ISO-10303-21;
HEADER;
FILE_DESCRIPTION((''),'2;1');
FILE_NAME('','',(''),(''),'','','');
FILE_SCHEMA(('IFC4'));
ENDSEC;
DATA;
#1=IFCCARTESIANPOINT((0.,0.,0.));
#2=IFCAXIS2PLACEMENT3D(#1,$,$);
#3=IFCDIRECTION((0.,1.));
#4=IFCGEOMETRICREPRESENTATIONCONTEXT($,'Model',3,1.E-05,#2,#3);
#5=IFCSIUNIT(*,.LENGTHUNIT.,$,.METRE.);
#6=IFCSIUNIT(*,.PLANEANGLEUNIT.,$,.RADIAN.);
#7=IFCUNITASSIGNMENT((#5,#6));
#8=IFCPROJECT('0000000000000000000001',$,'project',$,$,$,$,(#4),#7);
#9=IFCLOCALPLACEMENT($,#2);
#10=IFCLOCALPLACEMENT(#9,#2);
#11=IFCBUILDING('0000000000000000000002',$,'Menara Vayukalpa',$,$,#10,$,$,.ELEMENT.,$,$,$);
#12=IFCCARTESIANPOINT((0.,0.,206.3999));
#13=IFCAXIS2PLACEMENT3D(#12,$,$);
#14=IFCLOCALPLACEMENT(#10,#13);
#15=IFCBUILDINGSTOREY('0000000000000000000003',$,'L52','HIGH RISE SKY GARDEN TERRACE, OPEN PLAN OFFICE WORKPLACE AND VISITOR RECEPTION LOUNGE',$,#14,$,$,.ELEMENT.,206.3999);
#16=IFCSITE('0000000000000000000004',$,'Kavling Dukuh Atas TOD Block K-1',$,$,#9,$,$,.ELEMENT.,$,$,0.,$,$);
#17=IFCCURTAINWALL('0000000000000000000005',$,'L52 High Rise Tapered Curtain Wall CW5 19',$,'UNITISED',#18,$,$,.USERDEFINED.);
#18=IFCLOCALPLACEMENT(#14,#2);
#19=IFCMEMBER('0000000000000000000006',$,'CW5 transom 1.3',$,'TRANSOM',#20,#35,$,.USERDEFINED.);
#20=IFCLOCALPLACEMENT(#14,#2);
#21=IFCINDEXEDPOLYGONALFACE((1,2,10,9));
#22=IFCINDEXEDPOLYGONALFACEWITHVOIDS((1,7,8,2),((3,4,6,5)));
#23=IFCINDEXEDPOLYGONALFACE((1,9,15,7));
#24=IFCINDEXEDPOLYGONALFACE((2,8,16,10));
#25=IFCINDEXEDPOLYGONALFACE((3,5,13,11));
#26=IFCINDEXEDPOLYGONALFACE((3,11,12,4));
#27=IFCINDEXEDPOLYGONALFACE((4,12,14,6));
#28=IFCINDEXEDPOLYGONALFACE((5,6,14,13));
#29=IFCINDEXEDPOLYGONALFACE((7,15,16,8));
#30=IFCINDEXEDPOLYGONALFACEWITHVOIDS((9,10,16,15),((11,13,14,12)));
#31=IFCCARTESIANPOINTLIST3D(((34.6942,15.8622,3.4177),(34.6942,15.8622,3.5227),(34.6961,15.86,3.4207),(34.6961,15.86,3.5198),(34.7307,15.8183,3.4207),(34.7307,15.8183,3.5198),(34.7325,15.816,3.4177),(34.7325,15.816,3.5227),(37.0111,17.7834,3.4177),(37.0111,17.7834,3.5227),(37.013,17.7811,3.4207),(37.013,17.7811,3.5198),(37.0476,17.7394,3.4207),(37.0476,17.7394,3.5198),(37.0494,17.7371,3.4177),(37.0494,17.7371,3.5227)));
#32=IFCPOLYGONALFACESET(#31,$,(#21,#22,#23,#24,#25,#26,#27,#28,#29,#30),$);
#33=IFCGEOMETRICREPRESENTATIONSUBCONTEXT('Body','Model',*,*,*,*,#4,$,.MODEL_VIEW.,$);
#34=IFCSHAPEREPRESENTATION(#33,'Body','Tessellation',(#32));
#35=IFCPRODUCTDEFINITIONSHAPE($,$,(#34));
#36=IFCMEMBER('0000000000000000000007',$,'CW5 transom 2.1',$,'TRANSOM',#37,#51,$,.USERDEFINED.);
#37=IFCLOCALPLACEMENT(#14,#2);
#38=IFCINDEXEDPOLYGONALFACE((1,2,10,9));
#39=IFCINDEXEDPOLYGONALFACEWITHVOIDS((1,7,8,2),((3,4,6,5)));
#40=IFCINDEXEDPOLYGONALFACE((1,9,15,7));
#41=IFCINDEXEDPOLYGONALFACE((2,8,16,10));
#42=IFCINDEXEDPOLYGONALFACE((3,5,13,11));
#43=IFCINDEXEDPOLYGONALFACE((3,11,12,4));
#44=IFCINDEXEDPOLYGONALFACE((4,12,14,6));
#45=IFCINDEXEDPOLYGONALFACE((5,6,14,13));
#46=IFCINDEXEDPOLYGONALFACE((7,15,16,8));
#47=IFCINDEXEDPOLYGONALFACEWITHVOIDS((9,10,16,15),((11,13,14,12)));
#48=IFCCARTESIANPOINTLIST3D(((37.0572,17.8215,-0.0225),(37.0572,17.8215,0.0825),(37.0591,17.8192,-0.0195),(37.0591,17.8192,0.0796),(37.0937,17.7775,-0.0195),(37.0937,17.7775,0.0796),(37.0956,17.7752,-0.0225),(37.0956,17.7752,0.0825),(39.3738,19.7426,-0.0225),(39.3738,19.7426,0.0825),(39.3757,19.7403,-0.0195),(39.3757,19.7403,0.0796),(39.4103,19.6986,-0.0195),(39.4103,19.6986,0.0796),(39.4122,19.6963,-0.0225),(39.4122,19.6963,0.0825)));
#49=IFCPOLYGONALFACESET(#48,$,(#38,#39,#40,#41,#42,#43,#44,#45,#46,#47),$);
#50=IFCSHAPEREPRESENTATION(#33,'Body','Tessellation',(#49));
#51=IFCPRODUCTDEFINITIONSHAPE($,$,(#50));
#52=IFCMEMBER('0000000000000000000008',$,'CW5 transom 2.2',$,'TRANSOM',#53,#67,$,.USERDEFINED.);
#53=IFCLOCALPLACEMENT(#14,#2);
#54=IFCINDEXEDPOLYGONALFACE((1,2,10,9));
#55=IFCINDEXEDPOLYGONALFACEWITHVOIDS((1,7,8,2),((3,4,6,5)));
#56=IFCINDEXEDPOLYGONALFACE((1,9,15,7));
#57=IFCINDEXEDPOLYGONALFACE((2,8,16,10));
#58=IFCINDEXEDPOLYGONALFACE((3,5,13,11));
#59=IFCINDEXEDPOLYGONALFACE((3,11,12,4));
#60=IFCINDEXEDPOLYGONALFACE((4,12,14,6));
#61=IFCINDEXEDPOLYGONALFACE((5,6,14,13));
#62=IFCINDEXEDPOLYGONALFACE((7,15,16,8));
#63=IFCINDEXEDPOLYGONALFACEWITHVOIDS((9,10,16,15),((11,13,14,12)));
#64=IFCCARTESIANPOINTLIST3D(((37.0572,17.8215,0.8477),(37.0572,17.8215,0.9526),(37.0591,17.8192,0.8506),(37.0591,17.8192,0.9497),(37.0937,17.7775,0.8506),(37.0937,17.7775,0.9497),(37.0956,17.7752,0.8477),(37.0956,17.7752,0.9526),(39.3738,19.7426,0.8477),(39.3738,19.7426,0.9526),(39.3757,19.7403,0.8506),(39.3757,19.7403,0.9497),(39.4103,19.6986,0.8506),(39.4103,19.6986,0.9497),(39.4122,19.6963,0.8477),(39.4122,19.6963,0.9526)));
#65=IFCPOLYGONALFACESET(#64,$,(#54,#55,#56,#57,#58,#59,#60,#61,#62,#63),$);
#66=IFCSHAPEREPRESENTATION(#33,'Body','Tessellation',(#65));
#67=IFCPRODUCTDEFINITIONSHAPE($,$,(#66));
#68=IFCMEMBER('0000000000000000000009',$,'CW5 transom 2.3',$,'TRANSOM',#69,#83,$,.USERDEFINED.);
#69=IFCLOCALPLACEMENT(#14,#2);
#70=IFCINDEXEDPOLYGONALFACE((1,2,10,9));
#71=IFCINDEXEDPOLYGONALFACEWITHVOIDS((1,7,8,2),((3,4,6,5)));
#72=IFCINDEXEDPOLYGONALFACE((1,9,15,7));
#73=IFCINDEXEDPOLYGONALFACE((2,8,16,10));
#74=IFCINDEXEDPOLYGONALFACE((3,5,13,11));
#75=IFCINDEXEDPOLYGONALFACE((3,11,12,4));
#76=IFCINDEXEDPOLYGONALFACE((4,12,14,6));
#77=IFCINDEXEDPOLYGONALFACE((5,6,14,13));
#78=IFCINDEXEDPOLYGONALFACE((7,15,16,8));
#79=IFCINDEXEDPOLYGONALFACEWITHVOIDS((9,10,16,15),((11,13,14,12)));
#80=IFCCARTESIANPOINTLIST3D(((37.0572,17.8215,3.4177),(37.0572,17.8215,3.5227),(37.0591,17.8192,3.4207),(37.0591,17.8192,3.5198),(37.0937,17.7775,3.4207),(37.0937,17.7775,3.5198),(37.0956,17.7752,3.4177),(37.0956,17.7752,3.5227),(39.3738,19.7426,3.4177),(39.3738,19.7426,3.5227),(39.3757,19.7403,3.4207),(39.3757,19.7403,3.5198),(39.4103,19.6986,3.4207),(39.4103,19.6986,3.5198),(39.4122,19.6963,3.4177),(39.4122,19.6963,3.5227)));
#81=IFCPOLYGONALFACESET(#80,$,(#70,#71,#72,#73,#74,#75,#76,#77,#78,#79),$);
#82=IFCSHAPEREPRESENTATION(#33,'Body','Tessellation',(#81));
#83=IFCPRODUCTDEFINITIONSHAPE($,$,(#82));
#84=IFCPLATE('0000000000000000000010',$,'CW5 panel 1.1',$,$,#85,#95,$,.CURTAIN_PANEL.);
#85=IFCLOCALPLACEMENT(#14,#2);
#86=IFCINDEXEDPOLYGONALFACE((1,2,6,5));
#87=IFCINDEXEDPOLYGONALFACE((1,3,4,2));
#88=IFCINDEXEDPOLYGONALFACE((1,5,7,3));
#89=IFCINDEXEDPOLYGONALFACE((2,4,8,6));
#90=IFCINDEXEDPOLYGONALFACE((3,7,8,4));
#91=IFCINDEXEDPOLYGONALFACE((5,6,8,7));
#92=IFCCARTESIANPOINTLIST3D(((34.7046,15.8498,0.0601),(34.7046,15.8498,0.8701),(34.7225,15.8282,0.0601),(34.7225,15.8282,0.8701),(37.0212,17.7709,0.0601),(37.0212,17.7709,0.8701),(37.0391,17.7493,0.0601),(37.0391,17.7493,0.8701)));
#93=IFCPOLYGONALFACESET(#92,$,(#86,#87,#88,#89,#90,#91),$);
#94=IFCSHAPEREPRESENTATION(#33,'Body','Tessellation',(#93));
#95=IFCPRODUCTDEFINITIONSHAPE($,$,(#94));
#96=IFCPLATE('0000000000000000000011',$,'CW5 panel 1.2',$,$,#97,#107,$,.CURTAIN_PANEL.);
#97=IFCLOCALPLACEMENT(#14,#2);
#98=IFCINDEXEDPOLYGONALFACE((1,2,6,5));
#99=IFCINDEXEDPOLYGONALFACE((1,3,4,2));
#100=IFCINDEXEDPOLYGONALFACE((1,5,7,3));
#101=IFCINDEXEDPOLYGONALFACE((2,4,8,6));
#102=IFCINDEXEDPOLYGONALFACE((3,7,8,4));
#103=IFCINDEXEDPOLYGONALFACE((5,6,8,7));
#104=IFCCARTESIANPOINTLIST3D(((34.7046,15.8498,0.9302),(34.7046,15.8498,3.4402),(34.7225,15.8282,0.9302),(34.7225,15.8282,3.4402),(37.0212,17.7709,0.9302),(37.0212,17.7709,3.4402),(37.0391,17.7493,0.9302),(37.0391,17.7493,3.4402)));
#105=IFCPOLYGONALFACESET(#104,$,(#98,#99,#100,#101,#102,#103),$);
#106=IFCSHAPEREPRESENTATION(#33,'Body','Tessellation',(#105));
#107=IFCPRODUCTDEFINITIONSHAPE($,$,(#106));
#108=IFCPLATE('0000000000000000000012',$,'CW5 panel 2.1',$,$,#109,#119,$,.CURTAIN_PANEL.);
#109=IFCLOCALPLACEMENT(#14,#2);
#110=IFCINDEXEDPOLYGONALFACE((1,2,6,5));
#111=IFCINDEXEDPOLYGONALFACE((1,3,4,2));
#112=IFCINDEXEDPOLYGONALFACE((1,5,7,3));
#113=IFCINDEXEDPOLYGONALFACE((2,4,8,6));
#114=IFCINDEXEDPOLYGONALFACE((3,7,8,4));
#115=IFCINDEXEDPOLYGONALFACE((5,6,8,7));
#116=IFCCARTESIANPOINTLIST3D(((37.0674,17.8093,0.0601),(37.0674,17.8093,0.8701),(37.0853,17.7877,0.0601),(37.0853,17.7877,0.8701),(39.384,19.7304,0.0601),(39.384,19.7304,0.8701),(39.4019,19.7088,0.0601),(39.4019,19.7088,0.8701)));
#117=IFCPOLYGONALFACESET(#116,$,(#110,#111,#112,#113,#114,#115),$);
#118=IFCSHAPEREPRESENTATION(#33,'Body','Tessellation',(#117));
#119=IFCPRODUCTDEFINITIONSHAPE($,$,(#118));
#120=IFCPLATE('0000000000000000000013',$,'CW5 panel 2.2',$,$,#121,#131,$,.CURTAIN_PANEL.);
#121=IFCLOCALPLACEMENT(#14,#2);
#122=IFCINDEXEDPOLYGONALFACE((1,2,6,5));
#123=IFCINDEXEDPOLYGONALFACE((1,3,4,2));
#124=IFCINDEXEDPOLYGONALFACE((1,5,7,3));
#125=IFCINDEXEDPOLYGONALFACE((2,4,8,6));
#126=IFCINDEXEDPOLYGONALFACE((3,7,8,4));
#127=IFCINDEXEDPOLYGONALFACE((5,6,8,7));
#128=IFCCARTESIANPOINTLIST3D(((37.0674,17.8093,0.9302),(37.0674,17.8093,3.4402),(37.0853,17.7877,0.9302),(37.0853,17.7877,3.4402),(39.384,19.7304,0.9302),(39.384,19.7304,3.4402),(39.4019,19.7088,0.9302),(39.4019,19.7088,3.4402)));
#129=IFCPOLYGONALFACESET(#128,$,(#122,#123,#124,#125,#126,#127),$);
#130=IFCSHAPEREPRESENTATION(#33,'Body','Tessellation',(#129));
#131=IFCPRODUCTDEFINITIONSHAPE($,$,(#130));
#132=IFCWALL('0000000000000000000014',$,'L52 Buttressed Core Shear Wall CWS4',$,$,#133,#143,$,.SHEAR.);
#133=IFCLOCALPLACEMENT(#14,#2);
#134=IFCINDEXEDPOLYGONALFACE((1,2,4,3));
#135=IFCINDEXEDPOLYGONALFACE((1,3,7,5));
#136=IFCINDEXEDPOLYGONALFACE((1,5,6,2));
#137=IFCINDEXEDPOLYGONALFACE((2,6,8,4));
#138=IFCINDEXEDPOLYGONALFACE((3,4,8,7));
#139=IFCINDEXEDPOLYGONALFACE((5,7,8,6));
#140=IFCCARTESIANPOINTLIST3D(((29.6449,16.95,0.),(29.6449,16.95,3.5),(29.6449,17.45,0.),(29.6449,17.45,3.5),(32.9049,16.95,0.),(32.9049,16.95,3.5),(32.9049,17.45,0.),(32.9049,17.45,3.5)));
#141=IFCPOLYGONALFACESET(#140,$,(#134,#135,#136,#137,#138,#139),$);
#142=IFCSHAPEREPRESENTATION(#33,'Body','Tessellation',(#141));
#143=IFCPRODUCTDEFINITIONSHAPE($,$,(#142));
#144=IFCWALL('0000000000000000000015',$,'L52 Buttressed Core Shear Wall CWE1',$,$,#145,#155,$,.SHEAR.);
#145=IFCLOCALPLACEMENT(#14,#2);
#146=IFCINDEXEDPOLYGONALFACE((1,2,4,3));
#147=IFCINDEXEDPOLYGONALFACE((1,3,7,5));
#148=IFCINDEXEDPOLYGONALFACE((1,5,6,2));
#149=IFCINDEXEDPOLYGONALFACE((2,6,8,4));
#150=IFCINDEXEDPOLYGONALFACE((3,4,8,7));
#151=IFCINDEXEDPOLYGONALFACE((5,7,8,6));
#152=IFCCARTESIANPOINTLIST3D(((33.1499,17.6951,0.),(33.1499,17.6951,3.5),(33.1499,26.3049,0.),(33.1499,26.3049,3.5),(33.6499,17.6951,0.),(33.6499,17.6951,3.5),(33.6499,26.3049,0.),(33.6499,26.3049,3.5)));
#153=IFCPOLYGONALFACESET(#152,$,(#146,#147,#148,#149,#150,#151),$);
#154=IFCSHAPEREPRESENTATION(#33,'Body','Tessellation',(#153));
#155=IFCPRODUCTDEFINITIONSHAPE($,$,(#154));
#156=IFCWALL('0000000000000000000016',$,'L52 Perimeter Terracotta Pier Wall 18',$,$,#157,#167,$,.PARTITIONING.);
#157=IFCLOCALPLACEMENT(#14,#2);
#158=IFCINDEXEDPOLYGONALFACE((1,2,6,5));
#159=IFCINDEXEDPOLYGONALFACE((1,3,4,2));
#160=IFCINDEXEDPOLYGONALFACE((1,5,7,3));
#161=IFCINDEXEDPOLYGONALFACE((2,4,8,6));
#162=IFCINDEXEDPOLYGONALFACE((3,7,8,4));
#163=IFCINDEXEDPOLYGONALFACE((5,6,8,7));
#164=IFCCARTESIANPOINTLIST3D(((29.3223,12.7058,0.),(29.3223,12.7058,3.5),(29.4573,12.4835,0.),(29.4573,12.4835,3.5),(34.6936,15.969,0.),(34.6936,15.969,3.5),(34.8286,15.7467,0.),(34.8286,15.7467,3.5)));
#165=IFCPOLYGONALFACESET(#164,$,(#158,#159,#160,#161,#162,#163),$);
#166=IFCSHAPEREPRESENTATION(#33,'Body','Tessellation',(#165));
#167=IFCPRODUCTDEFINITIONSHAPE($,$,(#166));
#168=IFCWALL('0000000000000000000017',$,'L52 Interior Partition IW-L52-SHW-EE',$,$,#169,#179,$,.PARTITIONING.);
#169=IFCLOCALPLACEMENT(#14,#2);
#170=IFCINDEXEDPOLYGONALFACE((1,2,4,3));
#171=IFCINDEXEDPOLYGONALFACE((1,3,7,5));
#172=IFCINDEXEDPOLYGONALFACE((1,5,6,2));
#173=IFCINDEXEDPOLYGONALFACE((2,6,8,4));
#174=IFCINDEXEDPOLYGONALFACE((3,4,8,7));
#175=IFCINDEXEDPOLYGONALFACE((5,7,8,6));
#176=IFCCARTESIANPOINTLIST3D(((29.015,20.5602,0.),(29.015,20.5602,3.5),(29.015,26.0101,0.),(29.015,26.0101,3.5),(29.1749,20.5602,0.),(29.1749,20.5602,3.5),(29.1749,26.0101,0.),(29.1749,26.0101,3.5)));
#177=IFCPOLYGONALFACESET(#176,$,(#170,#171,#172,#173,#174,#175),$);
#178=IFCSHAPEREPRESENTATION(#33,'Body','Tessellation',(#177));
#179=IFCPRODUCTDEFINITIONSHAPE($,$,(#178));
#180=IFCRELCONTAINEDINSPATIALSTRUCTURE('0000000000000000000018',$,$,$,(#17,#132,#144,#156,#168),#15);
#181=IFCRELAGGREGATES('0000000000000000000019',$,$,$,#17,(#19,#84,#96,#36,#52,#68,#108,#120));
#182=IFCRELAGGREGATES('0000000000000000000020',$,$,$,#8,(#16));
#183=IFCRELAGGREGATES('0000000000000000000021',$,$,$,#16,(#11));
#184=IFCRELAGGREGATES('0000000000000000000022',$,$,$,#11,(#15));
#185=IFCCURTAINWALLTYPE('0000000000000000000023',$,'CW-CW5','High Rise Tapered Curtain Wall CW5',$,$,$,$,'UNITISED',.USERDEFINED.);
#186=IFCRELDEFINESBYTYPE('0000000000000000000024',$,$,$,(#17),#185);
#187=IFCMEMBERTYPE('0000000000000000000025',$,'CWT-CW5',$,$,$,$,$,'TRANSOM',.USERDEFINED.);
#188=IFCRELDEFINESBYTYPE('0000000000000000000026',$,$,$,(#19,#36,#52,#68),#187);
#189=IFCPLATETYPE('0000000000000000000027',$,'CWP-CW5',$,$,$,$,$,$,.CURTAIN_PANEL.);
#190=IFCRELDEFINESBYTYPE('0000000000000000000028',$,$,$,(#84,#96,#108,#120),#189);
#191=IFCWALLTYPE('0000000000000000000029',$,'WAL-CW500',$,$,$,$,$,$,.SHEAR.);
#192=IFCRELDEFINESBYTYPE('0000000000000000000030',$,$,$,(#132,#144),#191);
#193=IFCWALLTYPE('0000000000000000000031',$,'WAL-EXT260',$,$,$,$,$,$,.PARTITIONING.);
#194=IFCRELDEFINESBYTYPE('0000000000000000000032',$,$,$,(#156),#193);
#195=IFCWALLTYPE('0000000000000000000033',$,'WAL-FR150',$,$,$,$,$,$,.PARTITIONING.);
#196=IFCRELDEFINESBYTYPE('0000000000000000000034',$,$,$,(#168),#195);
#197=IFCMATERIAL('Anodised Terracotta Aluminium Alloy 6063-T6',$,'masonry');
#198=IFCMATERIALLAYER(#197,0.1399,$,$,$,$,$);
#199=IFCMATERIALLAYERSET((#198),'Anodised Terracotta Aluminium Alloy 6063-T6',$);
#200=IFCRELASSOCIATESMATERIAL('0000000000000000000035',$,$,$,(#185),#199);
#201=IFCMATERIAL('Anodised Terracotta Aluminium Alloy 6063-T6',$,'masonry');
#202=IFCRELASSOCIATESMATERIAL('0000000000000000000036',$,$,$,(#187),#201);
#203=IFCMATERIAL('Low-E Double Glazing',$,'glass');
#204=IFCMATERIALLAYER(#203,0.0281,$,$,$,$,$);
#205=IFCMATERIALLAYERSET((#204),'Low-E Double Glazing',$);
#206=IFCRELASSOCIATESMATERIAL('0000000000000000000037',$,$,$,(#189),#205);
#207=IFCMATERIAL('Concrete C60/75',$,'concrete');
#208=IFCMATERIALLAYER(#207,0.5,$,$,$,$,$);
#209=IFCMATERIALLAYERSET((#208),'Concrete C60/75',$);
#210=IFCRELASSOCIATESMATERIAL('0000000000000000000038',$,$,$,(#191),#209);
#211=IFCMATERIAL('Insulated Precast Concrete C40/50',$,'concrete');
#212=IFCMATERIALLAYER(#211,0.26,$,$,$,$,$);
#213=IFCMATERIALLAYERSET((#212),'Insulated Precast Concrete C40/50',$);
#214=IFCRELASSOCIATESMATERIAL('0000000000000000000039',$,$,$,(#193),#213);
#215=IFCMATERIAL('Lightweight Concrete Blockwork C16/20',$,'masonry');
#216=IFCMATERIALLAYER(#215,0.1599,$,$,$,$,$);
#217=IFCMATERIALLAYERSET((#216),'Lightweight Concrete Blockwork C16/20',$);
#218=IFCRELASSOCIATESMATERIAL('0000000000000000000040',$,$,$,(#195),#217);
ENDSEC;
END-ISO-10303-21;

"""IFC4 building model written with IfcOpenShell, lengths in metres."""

from ifc_helpers import new_model, si_unit, direction, frame, frame_2d, origin, origin_2d, place, context, subcontext, project, spatial, rectangle, hollow_rectangle, extrude, material, layer, layer_set, material_profile, profile_set, type_object, element, aggregate, save


model = new_model("IFC4")

# Units and contexts
model_context = context("Model", 3, precision=1e-05, world=origin(), true_north=direction((0.0, 1.0)))
body_context = subcontext(model_context, "Body", "Model", "MODEL_VIEW")
ifc_project = project(units=[si_unit("LENGTHUNIT", "METRE"), si_unit("PLANEANGLEUNIT", "RADIAN")], contexts=[model_context])

# Site, building, storey
site_placement = place(None, origin())
site = spatial("IfcSite", under=ifc_project, at=site_placement, Name="Kavling Dukuh Atas TOD Block K-1", CompositionType="ELEMENT", RefElevation=0.0)
building_placement = place(site_placement, origin())
building = spatial("IfcBuilding", under=site, at=building_placement, Name="Menara Vayukalpa", CompositionType="ELEMENT")
storey_placement = place(building_placement, frame((0.0, 0.0, 206.3999)))
storey = spatial("IfcBuildingStorey", under=building, at=storey_placement, Name="L52", Description="HIGH RISE SKY GARDEN TERRACE, OPEN PLAN OFFICE WORKPLACE AND VISITOR RECEPTION LOUNGE", CompositionType="ELEMENT", Elevation=206.3999)

# Shared definitions
ifc_material_1 = material(Name="Anodised Terracotta Aluminium Alloy 6063-T6", Category="masonry")
ifc_layer_1 = layer(ifc_material_1, 0.1399)
ifc_layer_set_1 = layer_set([ifc_layer_1], Name="Anodised Terracotta Aluminium Alloy 6063-T6")
curtain_wall_type = type_object("IfcCurtainWallType", Name="CW-CW5", Description="High Rise Tapered Curtain Wall CW5", ElementType="UNITISED", PredefinedType="USERDEFINED", material=ifc_layer_set_1)

# Curtain wall, members, plates
curtain_wall_1_placement = place(storey_placement, origin())
curtain_wall_1 = element("IfcCurtainWall", 1, at=curtain_wall_1_placement, inside=storey, type_object=curtain_wall_type, Name="L52 High Rise Tapered Curtain Wall CW5 19", ObjectType="UNITISED", PredefinedType="USERDEFINED")
ifc_material_2 = material(Name="Anodised Terracotta Aluminium Alloy 6063-T6", Category="masonry")
ifc_material_profile_1 = material_profile(ifc_material_2, hollow_rectangle(XDim=0.0601, YDim=0.105, WallThickness=0.0029, at=origin_2d()), Name="ALU 60x105x3")
ifc_profile_set_1 = profile_set([ifc_material_profile_1], Name="Anodised Terracotta Aluminium Alloy 6063-T6")
member_type_1 = type_object("IfcMemberType", Name="CWT-CW5", ElementType="TRANSOM", PredefinedType="USERDEFINED", material=ifc_profile_set_1)
member_1_placement = place(storey_placement, frame((34.7134, 15.8391, 3.4702), z_axis=(0.769788, 0.6383, 0.0), x_axis=(-0.6383, 0.769788, 0.0)))
member_1 = element("IfcMember", 2, at=member_1_placement, type_object=member_type_1, Name="CW5 transom 1.3", ObjectType="TRANSOM", PredefinedType="USERDEFINED", context=body_context, shape_type="SweptSolid", body=[
    extrude(hollow_rectangle(XDim=0.0601, YDim=0.105, WallThickness=0.0029, at=origin_2d()), origin(), (0.0, 0.0, 1.0), 3.0098),
])
member_2_placement = place(storey_placement, frame((37.0764, 17.7983, 0.03), z_axis=(0.769755, 0.638339, 0.0), x_axis=(-0.638339, 0.769755, 0.0)))
member_2 = element("IfcMember", 3, at=member_2_placement, type_object=member_type_1, Name="CW5 transom 2.1", ObjectType="TRANSOM", PredefinedType="USERDEFINED", context=body_context, shape_type="SweptSolid", body=[
    extrude(hollow_rectangle(XDim=0.0601, YDim=0.105, WallThickness=0.0029, at=origin_2d()), origin(), (0.0, 0.0, 1.0), 3.0095),
])
member_3_placement = place(storey_placement, frame((37.0764, 17.7983, 0.9001), z_axis=(0.769755, 0.638339, 0.0), x_axis=(-0.638339, 0.769755, 0.0)))
member_3 = element("IfcMember", 4, at=member_3_placement, type_object=member_type_1, Name="CW5 transom 2.2", ObjectType="TRANSOM", PredefinedType="USERDEFINED", context=body_context, shape_type="SweptSolid", body=[
    extrude(hollow_rectangle(XDim=0.0601, YDim=0.105, WallThickness=0.0029, at=origin_2d()), origin(), (0.0, 0.0, 1.0), 3.0095),
])
member_4_placement = place(storey_placement, frame((37.0764, 17.7983, 3.4702), z_axis=(0.769755, 0.638339, 0.0), x_axis=(-0.638339, 0.769755, 0.0)))
member_4 = element("IfcMember", 5, at=member_4_placement, type_object=member_type_1, Name="CW5 transom 2.3", ObjectType="TRANSOM", PredefinedType="USERDEFINED", context=body_context, shape_type="SweptSolid", body=[
    extrude(hollow_rectangle(XDim=0.0601, YDim=0.105, WallThickness=0.0029, at=origin_2d()), origin(), (0.0, 0.0, 1.0), 3.0095),
])
ifc_material_3 = material(Name="Low-E Double Glazing", Category="glass")
ifc_layer_2 = layer(ifc_material_3, 0.0281)
ifc_layer_set_2 = layer_set([ifc_layer_2], Name="Low-E Double Glazing")
plate_type = type_object("IfcPlateType", Name="CWP-CW5", PredefinedType="CURTAIN_PANEL", material=ifc_layer_set_2)
plate_1_placement = place(storey_placement, frame((35.8718, 16.7996, 0.0601), z_axis=(0.0, 0.0, 1.0), x_axis=(0.769757, 0.638337, 0.0)))
plate_1 = element("IfcPlate", 6, at=plate_1_placement, type_object=plate_type, Name="CW5 panel 1.1", PredefinedType="CURTAIN_PANEL", context=body_context, shape_type="SweptSolid", body=[
    extrude(rectangle(XDim=3.0095, YDim=0.0281, at=origin_2d()), origin(), (0.0, 0.0, 1.0), 0.8101),
])
plate_2_placement = place(storey_placement, frame((35.8718, 16.7996, 0.9302), z_axis=(0.0, 0.0, 1.0), x_axis=(0.769757, 0.638337, 0.0)))
plate_2 = element("IfcPlate", 7, at=plate_2_placement, type_object=plate_type, Name="CW5 panel 1.2", PredefinedType="CURTAIN_PANEL", context=body_context, shape_type="SweptSolid", body=[
    extrude(rectangle(XDim=3.0095, YDim=0.0281, at=origin_2d()), origin(), (0.0, 0.0, 1.0), 2.51),
])
plate_3_placement = place(storey_placement, frame((38.2346, 18.759, 0.0601), z_axis=(0.0, 0.0, 1.0), x_axis=(0.769757, 0.638337, 0.0)))
plate_3 = element("IfcPlate", 8, at=plate_3_placement, type_object=plate_type, Name="CW5 panel 2.1", PredefinedType="CURTAIN_PANEL", context=body_context, shape_type="SweptSolid", body=[
    extrude(rectangle(XDim=3.0095, YDim=0.0281, at=origin_2d()), origin(), (0.0, 0.0, 1.0), 0.8101),
])
plate_4_placement = place(storey_placement, frame((38.2346, 18.759, 0.9302), z_axis=(0.0, 0.0, 1.0), x_axis=(0.769757, 0.638337, 0.0)))
plate_4 = element("IfcPlate", 9, at=plate_4_placement, type_object=plate_type, Name="CW5 panel 2.2", PredefinedType="CURTAIN_PANEL", context=body_context, shape_type="SweptSolid", body=[
    extrude(rectangle(XDim=3.0095, YDim=0.0281, at=origin_2d()), origin(), (0.0, 0.0, 1.0), 2.51),
])
aggregate(curtain_wall_1, [member_1, plate_1, plate_2, member_2, member_3, member_4, plate_3, plate_4])

# Walls
ifc_material_4 = material(Name="Concrete C60/75", Category="concrete")
ifc_layer_3 = layer(ifc_material_4, 0.5)
ifc_layer_set_3 = layer_set([ifc_layer_3], Name="Concrete C60/75")
wall_type_1 = type_object("IfcWallType", Name="WAL-CW500", PredefinedType="SHEAR", material=ifc_layer_set_3)
wall_1_placement = place(storey_placement, frame((29.645, 17.2, 0.0), z_axis=(0.0, 0.0, 1.0), x_axis=(1.0, 0.0, 0.0)))
element("IfcWall", 10, at=wall_1_placement, inside=storey, type_object=wall_type_1, Name="L52 Buttressed Core Shear Wall CWS4", PredefinedType="SHEAR", context=body_context, shape_type="SweptSolid", body=[
    extrude(rectangle(XDim=3.26, YDim=0.5, at=frame_2d((1.6299, 0.0))), origin(), (0.0, 0.0, 1.0), 3.5),
])
wall_2_placement = place(storey_placement, frame((33.3999, 17.6951, 0.0), z_axis=(0.0, 0.0, 1.0), x_axis=(0.0, 1.0, 0.0)))
element("IfcWall", 11, at=wall_2_placement, inside=storey, type_object=wall_type_1, Name="L52 Buttressed Core Shear Wall CWE1", PredefinedType="SHEAR", context=body_context, shape_type="SweptSolid", body=[
    extrude(rectangle(XDim=8.6099, YDim=0.5, at=frame_2d((4.3049, 0.0))), origin(), (0.0, 0.0, 1.0), 3.5),
])
ifc_material_5 = material(Name="Insulated Precast Concrete C40/50", Category="concrete")
ifc_layer_4 = layer(ifc_material_5, 0.26)
ifc_layer_set_4 = layer_set([ifc_layer_4], Name="Insulated Precast Concrete C40/50")
wall_type_2 = type_object("IfcWallType", Name="WAL-EXT260", PredefinedType="PARTITIONING", material=ifc_layer_set_4)
wall_3_placement = place(storey_placement, frame((34.7612, 15.8579, 0.0), z_axis=(0.0, 0.0, 1.0), x_axis=(-0.854645, -0.519212, 0.0)))
element("IfcWall", 12, at=wall_3_placement, inside=storey, type_object=wall_type_2, Name="L52 Perimeter Terracotta Pier Wall 18", PredefinedType="PARTITIONING", context=body_context, shape_type="SweptSolid", body=[
    extrude(rectangle(XDim=6.2849, YDim=0.26, at=frame_2d((3.1426, 0.0))), origin(), (0.0, 0.0, 1.0), 3.5),
])
ifc_material_6 = material(Name="Lightweight Concrete Blockwork C16/20", Category="masonry")
ifc_layer_5 = layer(ifc_material_6, 0.1599)
ifc_layer_set_5 = layer_set([ifc_layer_5], Name="Lightweight Concrete Blockwork C16/20")
wall_type_3 = type_object("IfcWallType", Name="WAL-FR150", PredefinedType="PARTITIONING", material=ifc_layer_set_5)
wall_4_placement = place(storey_placement, frame((29.095, 20.5601, 0.0), z_axis=(0.0, 0.0, 1.0), x_axis=(0.0, 1.0, 0.0)))
element("IfcWall", 13, at=wall_4_placement, inside=storey, type_object=wall_type_3, Name="L52 Interior Partition IW-L52-SHW-EE", PredefinedType="PARTITIONING", context=body_context, shape_type="SweptSolid", body=[
    extrude(rectangle(XDim=5.45, YDim=0.1599, at=frame_2d((2.7251, 0.0))), origin(), (0.0, 0.0, 1.0), 3.5),
])

save(model, "model.ifc")
